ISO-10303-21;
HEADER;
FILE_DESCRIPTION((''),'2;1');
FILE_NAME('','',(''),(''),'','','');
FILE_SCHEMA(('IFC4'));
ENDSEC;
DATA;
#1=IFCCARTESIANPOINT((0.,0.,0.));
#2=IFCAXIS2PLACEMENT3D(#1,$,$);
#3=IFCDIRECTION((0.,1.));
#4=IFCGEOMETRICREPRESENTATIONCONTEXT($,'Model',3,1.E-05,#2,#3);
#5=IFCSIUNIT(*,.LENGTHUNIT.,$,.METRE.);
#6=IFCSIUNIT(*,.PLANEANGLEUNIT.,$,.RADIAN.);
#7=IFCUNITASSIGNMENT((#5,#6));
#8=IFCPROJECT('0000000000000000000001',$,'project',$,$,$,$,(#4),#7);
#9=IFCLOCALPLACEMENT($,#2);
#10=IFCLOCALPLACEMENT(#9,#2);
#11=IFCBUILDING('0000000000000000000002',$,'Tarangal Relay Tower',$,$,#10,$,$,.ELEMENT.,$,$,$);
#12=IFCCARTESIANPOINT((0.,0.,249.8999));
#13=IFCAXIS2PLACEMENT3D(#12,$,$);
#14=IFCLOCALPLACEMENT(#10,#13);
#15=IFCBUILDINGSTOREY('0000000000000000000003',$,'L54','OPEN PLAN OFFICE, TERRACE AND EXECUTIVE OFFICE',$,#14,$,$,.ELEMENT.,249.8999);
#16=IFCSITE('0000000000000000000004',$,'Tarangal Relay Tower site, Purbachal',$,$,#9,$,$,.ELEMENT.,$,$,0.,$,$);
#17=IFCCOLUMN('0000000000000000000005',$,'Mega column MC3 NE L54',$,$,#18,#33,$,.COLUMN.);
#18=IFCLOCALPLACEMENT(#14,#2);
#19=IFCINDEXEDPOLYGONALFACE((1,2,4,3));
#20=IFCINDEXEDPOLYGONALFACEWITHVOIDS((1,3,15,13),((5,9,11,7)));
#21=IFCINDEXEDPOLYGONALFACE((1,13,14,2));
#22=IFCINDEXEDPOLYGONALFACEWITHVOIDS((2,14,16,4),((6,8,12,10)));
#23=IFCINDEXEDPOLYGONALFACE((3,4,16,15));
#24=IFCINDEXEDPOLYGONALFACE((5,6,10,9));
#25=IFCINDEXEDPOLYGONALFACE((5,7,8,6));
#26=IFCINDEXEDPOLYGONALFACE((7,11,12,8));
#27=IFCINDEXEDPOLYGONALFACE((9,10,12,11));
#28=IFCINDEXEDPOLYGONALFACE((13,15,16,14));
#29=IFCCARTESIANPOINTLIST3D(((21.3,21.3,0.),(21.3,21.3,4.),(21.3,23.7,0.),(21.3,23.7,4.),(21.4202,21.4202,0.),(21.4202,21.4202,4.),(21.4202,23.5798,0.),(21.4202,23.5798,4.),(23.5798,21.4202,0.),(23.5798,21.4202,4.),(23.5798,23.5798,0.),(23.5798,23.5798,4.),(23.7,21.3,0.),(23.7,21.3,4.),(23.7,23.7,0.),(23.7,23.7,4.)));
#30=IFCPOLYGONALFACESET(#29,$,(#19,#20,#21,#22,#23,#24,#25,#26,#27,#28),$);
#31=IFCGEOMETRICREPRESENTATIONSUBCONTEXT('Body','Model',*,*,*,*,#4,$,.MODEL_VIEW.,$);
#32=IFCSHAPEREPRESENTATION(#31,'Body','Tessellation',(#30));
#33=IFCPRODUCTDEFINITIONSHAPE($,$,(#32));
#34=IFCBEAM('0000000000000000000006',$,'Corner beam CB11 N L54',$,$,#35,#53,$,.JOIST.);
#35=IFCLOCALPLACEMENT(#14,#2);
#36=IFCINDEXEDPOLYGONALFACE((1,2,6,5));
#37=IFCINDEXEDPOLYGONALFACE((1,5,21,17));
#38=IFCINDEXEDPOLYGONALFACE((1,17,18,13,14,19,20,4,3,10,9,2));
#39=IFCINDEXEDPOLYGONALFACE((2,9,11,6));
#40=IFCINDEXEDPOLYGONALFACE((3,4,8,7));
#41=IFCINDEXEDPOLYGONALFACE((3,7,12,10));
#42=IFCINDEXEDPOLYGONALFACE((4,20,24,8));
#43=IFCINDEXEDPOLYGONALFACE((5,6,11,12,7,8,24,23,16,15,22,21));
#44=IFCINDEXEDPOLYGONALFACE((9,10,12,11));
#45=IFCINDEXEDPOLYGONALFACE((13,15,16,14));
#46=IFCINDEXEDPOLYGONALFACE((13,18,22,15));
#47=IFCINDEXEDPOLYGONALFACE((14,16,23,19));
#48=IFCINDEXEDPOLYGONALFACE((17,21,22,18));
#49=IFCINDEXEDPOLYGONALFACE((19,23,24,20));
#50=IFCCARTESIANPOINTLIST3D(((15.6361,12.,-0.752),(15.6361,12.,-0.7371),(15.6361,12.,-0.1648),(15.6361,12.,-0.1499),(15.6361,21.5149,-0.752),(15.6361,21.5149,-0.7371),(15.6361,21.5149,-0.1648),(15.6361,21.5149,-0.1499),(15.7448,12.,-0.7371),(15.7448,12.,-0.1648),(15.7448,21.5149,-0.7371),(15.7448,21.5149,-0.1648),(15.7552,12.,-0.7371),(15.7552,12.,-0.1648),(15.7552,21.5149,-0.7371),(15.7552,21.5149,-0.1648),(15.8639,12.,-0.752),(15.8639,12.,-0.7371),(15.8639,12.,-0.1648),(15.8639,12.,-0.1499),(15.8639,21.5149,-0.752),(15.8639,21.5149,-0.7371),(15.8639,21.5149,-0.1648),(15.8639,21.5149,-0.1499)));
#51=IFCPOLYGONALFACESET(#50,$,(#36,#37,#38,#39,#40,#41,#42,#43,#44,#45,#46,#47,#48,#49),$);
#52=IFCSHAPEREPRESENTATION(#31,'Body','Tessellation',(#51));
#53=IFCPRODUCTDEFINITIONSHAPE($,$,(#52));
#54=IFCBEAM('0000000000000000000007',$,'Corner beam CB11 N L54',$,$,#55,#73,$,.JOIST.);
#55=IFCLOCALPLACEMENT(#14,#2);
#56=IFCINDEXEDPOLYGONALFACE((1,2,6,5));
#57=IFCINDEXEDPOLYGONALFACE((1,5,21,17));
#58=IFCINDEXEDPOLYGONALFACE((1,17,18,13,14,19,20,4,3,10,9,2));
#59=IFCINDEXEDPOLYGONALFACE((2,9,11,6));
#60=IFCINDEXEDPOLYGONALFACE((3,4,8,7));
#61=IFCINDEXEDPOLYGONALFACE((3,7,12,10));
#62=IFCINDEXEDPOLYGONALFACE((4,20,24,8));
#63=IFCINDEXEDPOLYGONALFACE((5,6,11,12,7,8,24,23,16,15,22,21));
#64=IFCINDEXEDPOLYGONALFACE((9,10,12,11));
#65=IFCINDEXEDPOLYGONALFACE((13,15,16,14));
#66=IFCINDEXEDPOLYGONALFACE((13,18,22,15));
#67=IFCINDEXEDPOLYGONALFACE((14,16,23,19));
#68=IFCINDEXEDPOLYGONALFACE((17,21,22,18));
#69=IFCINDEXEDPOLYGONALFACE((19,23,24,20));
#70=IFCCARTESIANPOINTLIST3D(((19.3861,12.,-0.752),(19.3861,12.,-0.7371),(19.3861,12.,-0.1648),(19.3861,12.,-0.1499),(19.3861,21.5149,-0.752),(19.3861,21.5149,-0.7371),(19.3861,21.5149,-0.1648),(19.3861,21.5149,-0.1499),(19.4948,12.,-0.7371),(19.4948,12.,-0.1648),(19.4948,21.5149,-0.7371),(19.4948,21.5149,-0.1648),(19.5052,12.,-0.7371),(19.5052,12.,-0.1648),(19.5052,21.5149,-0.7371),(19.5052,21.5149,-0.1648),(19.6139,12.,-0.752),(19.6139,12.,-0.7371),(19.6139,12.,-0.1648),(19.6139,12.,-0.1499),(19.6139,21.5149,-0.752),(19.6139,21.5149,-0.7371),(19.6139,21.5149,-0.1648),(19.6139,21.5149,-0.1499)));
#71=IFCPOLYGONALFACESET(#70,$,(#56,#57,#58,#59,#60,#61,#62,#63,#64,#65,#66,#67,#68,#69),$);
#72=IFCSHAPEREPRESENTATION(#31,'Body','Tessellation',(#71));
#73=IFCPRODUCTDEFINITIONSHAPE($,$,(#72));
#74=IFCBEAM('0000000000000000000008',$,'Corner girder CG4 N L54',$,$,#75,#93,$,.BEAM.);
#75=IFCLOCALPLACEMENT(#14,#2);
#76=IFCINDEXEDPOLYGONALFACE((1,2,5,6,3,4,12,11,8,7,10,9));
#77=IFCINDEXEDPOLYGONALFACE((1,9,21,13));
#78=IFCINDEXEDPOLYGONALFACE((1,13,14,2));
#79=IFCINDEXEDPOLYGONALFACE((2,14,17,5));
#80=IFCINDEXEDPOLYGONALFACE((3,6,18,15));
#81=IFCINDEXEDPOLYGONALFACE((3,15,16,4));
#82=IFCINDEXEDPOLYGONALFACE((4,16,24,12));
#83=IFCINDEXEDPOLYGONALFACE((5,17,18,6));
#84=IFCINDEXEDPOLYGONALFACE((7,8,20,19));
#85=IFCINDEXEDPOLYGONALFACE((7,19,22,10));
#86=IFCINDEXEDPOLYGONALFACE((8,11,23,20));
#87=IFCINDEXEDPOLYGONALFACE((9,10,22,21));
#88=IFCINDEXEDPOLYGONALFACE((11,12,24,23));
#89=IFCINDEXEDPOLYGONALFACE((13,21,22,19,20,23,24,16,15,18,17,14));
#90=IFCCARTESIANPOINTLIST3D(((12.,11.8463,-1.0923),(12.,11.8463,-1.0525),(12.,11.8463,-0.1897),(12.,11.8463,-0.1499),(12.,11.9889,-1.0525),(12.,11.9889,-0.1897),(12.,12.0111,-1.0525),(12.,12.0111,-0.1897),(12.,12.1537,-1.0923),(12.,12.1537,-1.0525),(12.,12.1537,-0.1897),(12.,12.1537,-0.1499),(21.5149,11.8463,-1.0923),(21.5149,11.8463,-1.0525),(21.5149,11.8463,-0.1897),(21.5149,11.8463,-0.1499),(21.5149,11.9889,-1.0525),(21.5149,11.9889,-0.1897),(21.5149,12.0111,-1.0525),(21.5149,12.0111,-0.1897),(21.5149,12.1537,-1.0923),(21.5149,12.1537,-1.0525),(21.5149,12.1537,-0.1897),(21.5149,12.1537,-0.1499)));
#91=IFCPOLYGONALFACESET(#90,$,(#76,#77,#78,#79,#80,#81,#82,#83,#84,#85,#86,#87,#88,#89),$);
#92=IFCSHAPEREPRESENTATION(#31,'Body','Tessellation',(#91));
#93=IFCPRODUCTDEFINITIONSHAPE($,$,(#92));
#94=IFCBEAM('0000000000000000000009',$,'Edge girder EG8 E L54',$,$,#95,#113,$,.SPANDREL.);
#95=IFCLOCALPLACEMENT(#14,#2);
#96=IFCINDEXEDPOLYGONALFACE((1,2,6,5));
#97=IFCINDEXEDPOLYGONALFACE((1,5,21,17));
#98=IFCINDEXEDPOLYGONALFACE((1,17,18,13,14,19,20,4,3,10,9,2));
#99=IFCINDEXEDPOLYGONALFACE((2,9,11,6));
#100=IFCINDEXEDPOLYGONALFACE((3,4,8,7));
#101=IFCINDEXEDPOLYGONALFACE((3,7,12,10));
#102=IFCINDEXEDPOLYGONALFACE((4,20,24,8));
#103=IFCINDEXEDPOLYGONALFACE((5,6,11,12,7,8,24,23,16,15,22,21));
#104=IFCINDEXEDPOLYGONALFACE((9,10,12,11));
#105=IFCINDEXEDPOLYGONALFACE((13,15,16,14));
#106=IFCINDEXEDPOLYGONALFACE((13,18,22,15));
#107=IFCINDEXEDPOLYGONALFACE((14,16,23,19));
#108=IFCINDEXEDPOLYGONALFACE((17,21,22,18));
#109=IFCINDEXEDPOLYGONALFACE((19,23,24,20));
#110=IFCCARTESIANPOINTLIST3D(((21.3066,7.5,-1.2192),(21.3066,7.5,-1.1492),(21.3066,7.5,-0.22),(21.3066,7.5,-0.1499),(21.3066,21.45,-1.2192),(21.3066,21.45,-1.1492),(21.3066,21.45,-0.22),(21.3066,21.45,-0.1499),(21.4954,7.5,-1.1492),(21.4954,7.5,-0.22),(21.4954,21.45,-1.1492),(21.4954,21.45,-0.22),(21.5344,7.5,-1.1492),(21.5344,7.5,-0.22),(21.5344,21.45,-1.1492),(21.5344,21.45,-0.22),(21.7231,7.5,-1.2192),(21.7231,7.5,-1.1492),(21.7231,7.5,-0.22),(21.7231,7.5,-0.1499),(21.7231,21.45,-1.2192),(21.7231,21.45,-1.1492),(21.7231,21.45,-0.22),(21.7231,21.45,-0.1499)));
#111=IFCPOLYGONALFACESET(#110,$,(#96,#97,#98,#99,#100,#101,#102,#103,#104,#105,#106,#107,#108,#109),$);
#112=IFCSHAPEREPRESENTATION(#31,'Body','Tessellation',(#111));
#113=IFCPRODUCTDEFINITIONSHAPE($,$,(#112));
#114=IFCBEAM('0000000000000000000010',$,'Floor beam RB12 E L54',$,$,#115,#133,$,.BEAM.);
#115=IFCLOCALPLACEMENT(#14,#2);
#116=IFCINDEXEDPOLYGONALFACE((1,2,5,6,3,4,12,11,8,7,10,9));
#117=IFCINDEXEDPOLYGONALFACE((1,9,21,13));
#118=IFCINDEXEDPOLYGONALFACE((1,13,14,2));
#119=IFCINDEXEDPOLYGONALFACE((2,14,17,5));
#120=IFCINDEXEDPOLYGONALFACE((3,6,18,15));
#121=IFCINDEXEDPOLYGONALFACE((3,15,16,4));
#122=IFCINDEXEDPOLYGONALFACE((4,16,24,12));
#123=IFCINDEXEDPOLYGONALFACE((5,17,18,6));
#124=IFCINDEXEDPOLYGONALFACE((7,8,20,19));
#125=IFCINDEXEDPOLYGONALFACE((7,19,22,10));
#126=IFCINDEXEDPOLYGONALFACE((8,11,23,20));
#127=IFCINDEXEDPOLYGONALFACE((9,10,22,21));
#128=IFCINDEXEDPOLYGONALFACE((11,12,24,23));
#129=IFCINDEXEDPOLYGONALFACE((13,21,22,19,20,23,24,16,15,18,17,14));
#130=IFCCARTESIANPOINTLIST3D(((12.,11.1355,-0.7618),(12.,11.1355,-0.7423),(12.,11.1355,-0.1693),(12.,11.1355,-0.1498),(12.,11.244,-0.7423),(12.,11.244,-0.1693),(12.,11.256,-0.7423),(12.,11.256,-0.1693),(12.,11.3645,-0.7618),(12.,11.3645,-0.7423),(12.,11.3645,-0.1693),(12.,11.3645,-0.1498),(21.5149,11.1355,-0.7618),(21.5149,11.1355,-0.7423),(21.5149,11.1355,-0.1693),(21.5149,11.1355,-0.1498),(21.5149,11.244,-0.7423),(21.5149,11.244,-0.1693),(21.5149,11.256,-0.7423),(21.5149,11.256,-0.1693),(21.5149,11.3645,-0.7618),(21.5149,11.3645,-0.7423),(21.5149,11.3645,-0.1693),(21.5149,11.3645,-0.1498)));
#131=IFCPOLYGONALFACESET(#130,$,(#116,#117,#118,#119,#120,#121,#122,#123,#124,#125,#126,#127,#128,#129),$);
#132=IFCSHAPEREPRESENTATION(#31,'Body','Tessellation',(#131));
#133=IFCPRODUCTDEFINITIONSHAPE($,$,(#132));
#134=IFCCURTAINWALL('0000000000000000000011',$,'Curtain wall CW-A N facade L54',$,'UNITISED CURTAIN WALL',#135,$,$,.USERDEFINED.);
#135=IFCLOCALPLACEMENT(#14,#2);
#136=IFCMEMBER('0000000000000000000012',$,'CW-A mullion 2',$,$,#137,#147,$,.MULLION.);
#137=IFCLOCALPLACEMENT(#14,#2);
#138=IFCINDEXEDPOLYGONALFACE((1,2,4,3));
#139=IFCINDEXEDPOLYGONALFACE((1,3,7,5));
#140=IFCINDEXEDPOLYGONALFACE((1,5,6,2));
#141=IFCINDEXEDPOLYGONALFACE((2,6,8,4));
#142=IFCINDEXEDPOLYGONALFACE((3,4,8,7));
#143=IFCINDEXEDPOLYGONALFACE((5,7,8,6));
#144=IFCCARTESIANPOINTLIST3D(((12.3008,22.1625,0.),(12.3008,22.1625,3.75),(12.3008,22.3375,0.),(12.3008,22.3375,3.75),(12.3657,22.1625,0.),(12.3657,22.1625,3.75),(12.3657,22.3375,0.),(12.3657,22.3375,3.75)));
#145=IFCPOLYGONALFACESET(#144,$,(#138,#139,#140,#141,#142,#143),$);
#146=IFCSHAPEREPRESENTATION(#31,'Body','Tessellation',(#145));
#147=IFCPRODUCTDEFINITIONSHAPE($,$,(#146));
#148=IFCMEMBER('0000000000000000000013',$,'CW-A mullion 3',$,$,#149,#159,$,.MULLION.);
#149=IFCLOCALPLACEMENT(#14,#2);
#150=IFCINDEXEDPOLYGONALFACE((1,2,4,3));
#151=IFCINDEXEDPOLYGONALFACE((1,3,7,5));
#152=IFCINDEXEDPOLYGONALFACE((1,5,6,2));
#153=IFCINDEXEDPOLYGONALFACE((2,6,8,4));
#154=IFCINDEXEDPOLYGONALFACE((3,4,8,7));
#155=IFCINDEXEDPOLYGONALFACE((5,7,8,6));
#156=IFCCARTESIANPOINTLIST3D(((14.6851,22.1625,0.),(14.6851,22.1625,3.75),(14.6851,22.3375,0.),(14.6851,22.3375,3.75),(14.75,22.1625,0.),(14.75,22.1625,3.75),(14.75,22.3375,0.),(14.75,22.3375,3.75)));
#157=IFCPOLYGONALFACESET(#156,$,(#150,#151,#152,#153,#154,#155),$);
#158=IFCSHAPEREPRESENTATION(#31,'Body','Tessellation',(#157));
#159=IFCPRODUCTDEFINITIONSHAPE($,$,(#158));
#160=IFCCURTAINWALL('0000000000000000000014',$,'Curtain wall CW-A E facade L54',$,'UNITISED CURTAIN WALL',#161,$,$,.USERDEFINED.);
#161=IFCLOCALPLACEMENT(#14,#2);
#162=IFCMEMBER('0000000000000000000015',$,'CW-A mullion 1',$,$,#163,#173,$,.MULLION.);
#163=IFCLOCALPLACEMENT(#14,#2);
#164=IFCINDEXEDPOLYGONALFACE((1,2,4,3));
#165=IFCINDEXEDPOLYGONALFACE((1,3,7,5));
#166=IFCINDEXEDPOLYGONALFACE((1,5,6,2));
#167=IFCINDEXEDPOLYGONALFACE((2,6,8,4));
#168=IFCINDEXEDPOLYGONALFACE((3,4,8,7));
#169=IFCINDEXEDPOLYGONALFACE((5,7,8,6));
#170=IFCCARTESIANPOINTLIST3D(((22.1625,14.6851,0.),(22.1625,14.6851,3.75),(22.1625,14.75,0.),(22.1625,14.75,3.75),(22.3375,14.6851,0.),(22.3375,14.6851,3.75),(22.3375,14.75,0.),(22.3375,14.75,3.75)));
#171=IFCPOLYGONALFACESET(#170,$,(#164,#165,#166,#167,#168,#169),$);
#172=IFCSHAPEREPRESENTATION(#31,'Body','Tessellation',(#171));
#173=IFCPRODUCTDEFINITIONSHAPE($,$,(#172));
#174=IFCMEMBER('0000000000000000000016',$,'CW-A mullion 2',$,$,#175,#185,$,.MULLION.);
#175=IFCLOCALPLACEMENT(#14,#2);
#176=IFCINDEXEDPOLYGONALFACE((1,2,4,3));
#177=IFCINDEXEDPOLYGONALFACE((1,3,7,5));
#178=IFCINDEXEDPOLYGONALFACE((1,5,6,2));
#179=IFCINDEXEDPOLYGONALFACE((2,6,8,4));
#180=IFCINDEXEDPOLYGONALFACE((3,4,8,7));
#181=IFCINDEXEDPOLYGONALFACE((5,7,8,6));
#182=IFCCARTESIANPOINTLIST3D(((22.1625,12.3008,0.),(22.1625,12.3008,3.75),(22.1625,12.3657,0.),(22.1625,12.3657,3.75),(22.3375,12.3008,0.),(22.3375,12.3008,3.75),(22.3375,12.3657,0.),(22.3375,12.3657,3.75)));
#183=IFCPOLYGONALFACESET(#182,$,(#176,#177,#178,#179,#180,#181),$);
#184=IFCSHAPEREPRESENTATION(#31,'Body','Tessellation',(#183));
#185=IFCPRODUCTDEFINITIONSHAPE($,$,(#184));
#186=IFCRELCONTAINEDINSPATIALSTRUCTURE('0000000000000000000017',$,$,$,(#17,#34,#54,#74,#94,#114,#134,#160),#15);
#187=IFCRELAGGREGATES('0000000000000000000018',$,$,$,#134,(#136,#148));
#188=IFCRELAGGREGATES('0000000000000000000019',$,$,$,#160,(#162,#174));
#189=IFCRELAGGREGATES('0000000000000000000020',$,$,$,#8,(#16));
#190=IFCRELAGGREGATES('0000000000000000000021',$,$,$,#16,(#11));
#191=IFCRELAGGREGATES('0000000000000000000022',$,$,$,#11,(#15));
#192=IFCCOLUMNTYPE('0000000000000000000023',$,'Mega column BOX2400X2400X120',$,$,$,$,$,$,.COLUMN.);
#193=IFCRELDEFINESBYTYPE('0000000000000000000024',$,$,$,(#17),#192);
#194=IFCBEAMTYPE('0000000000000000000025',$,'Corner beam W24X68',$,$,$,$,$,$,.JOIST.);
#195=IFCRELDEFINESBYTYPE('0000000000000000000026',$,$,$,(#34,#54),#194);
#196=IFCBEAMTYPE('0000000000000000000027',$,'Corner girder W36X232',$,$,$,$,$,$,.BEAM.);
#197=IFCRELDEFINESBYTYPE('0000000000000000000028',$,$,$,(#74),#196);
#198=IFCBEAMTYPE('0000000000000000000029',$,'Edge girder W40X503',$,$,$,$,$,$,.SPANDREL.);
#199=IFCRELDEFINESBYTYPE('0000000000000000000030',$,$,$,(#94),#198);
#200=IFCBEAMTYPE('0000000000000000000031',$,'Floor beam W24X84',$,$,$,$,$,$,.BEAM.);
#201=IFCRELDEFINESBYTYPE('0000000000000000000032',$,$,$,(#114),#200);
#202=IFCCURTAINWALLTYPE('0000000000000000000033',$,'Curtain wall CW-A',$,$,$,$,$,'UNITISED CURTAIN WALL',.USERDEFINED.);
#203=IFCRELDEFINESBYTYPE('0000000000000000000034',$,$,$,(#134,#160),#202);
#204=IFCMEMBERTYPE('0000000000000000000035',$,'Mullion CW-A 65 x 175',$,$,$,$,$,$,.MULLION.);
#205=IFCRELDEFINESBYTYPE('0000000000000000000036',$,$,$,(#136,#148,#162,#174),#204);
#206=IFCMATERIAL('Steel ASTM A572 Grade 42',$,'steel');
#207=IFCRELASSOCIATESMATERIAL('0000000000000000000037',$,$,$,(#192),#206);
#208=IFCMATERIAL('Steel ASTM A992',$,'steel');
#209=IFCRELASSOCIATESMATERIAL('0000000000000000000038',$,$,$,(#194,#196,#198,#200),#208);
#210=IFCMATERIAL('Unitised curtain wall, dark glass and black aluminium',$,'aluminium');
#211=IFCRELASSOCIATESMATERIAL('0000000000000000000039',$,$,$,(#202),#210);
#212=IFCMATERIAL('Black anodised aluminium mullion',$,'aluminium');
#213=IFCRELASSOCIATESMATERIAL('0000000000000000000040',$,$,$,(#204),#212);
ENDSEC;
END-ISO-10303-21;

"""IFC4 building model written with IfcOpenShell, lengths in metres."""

from ifc_helpers import new_model, si_unit, direction, frame, origin, origin_2d, place, context, subcontext, project, spatial, rectangle, hollow_rectangle, i_section, extrude, material, material_profile, profile_set, type_object, element, aggregate, save


model = new_model("IFC4")

# Units and contexts
model_context = context("Model", 3, precision=1e-05, world=origin(), true_north=direction((0.0, 1.0)))
body_context = subcontext(model_context, "Body", "Model", "MODEL_VIEW")
ifc_project = project(units=[si_unit("LENGTHUNIT", "METRE"), si_unit("PLANEANGLEUNIT", "RADIAN")], contexts=[model_context])

# Site, building, storey
site_placement = place(None, origin())
site = spatial("IfcSite", under=ifc_project, at=site_placement, Name="Tarangal Relay Tower site, Purbachal", CompositionType="ELEMENT", RefElevation=0.0)
building_placement = place(site_placement, origin())
building = spatial("IfcBuilding", under=site, at=building_placement, Name="Tarangal Relay Tower", CompositionType="ELEMENT")
storey_placement = place(building_placement, frame((0.0, 0.0, 249.8999)))
storey = spatial("IfcBuildingStorey", under=building, at=storey_placement, Name="L54", Description="OPEN PLAN OFFICE, TERRACE AND EXECUTIVE OFFICE", CompositionType="ELEMENT", Elevation=249.8999)

# Column
ifc_material_1 = material(Name="Steel ASTM A572 Grade 42", Category="steel")
ifc_material_profile_1 = material_profile(ifc_material_1, hollow_rectangle(XDim=2.3999, YDim=2.3999, WallThickness=0.1201, at=origin_2d()), Name="BOX2400X2400X120")
ifc_profile_set_1 = profile_set([ifc_material_profile_1], Name="Steel ASTM A572 Grade 42")
column_type = type_object("IfcColumnType", Name="Mega column BOX2400X2400X120", PredefinedType="COLUMN", material=ifc_profile_set_1)
column_placement = place(storey_placement, frame((22.5, 22.5, 0.0), z_axis=(0.0, 0.0, 1.0), x_axis=(1.0, 0.0, 0.0)))
element("IfcColumn", 1, at=column_placement, inside=storey, type_object=column_type, Name="Mega column MC3 NE L54", PredefinedType="COLUMN", context=body_context, shape_type="SweptSolid", body=[
    extrude(hollow_rectangle(XDim=2.3999, YDim=2.3999, WallThickness=0.1201, at=origin_2d()), origin(), (0.0, 0.0, 1.0), 4.0),
])

# Beams
ifc_material_2 = material(Name="Steel ASTM A992", Category="steel")
ifc_material_profile_2 = material_profile(ifc_material_2, i_section(OverallWidth=0.2278, OverallDepth=0.6021, WebThickness=0.0105, FlangeThickness=0.0149, at=origin_2d()), Name="W24X68")
ifc_profile_set_2 = profile_set([ifc_material_profile_2], Name="Steel ASTM A992")
beam_type_1 = type_object("IfcBeamType", Name="Corner beam W24X68", PredefinedType="JOIST", material=ifc_profile_set_2)
for number, where, z_axis, x_axis, name in (
    (2, (15.75, 12.0, -0.4509), (0.0, 1.0, 0.0), (-1.0, 0.0, 0.0), "Corner beam CB11 N L54"),
    (3, (19.5, 12.0, -0.4509), (0.0, 1.0, 0.0), (-1.0, 0.0, 0.0), "Corner beam CB11 N L54"),
):
    element("IfcBeam", number, at=place(storey_placement, frame(where, z_axis=z_axis, x_axis=x_axis)), inside=storey, type_object=beam_type_1, Name=name, PredefinedType="JOIST", context=body_context, shape_type="SweptSolid", body=[
        extrude(i_section(OverallWidth=0.2278, OverallDepth=0.6021, WebThickness=0.0105, FlangeThickness=0.0149, at=origin_2d()), origin(), (0.0, 0.0, 1.0), 9.5149),
    ])
ifc_material_profile_3 = material_profile(ifc_material_2, i_section(OverallWidth=0.3074, OverallDepth=0.9424, WebThickness=0.0222, FlangeThickness=0.0398, at=origin_2d()), Name="W36X232")
ifc_profile_set_3 = profile_set([ifc_material_profile_3], Name="Steel ASTM A992")
beam_type_2 = type_object("IfcBeamType", Name="Corner girder W36X232", PredefinedType="BEAM", material=ifc_profile_set_3)
beam_1_placement = place(storey_placement, frame((12.0, 12.0, -0.6211), z_axis=(1.0, 0.0, 0.0), x_axis=(0.0, 1.0, 0.0)))
element("IfcBeam", 4, at=beam_1_placement, inside=storey, type_object=beam_type_2, Name="Corner girder CG4 N L54", PredefinedType="BEAM", context=body_context, shape_type="SweptSolid", body=[
    extrude(i_section(OverallWidth=0.3074, OverallDepth=0.9424, WebThickness=0.0222, FlangeThickness=0.0398, at=origin_2d()), origin(), (0.0, 0.0, 1.0), 9.5149),
])
ifc_material_profile_4 = material_profile(ifc_material_2, i_section(OverallWidth=0.4165, OverallDepth=1.0693, WebThickness=0.0391, FlangeThickness=0.0701, at=origin_2d()), Name="W40X503")
ifc_profile_set_4 = profile_set([ifc_material_profile_4], Name="Steel ASTM A992")
beam_type_3 = type_object("IfcBeamType", Name="Edge girder W40X503", PredefinedType="SPANDREL", material=ifc_profile_set_4)
beam_2_placement = place(storey_placement, frame((21.5149, 21.45, -0.6846), z_axis=(0.0, -1.0, 0.0), x_axis=(1.0, 0.0, 0.0)))
element("IfcBeam", 5, at=beam_2_placement, inside=storey, type_object=beam_type_3, Name="Edge girder EG8 E L54", PredefinedType="SPANDREL", context=body_context, shape_type="SweptSolid", body=[
    extrude(i_section(OverallWidth=0.4165, OverallDepth=1.0693, WebThickness=0.0391, FlangeThickness=0.0701, at=origin_2d()), origin(), (0.0, 0.0, 1.0), 13.95),
])
ifc_material_profile_5 = material_profile(ifc_material_2, i_section(OverallWidth=0.229, OverallDepth=0.6121, WebThickness=0.012, FlangeThickness=0.0195, at=origin_2d()), Name="W24X84")
ifc_profile_set_5 = profile_set([ifc_material_profile_5], Name="Steel ASTM A992")
beam_type_4 = type_object("IfcBeamType", Name="Floor beam W24X84", PredefinedType="BEAM", material=ifc_profile_set_5)
beam_3_placement = place(storey_placement, frame((12.0, 11.25, -0.4558), z_axis=(1.0, 0.0, 0.0), x_axis=(0.0, 1.0, 0.0)))
element("IfcBeam", 6, at=beam_3_placement, inside=storey, type_object=beam_type_4, Name="Floor beam RB12 E L54", PredefinedType="BEAM", context=body_context, shape_type="SweptSolid", body=[
    extrude(i_section(OverallWidth=0.229, OverallDepth=0.6121, WebThickness=0.012, FlangeThickness=0.0195, at=origin_2d()), origin(), (0.0, 0.0, 1.0), 9.5149),
])

# Curtain walls, members
ifc_material_3 = material(Name="Unitised curtain wall, dark glass and black aluminium", Category="aluminium")
curtain_wall_type = type_object("IfcCurtainWallType", Name="Curtain wall CW-A", ElementType="UNITISED CURTAIN WALL", PredefinedType="USERDEFINED", material=ifc_material_3)
curtain_wall_1_placement = place(storey_placement, origin())
curtain_wall_1 = element("IfcCurtainWall", 7, at=curtain_wall_1_placement, inside=storey, type_object=curtain_wall_type, Name="Curtain wall CW-A N facade L54", ObjectType="UNITISED CURTAIN WALL", PredefinedType="USERDEFINED")
ifc_material_4 = material(Name="Black anodised aluminium mullion", Category="aluminium")
ifc_material_profile_6 = material_profile(ifc_material_4, rectangle(XDim=0.175, YDim=0.0649, at=origin_2d()), Name="CW-AM 65X175")
ifc_profile_set_6 = profile_set([ifc_material_profile_6], Name="Black anodised aluminium mullion")
member_type_1 = type_object("IfcMemberType", Name="Mullion CW-A 65 x 175", PredefinedType="MULLION", material=ifc_profile_set_6)
member_1_placement = place(storey_placement, frame((12.3333, 22.25, 0.0), z_axis=(0.0, 0.0, 1.0), x_axis=(0.0, 1.0, 0.0)))
member_1 = element("IfcMember", 8, at=member_1_placement, type_object=member_type_1, Name="CW-A mullion 2", PredefinedType="MULLION", context=body_context, shape_type="SweptSolid", body=[
    extrude(rectangle(XDim=0.175, YDim=0.0649, at=origin_2d()), origin(), (0.0, 0.0, 1.0), 3.75),
])
member_2_placement = place(storey_placement, frame((14.7175, 22.25, 0.0), z_axis=(0.0, 0.0, 1.0), x_axis=(0.0, 1.0, 0.0)))
member_2 = element("IfcMember", 9, at=member_2_placement, type_object=member_type_1, Name="CW-A mullion 3", PredefinedType="MULLION", context=body_context, shape_type="SweptSolid", body=[
    extrude(rectangle(XDim=0.175, YDim=0.0649, at=origin_2d()), origin(), (0.0, 0.0, 1.0), 3.75),
])
curtain_wall_2_placement = place(storey_placement, origin())
curtain_wall_2 = element("IfcCurtainWall", 10, at=curtain_wall_2_placement, inside=storey, type_object=curtain_wall_type, Name="Curtain wall CW-A E facade L54", ObjectType="UNITISED CURTAIN WALL", PredefinedType="USERDEFINED")
member_3_placement = place(storey_placement, frame((22.25, 14.7175, 0.0), z_axis=(0.0, 0.0, 1.0), x_axis=(1.0, 0.0, 0.0)))
member_3 = element("IfcMember", 11, at=member_3_placement, type_object=member_type_1, Name="CW-A mullion 1", PredefinedType="MULLION", context=body_context, shape_type="SweptSolid", body=[
    extrude(rectangle(XDim=0.175, YDim=0.0649, at=origin_2d()), origin(), (0.0, 0.0, 1.0), 3.75),
])
member_4_placement = place(storey_placement, frame((22.25, 12.3333, 0.0), z_axis=(0.0, 0.0, 1.0), x_axis=(1.0, 0.0, 0.0)))
member_4 = element("IfcMember", 12, at=member_4_placement, type_object=member_type_1, Name="CW-A mullion 2", PredefinedType="MULLION", context=body_context, shape_type="SweptSolid", body=[
    extrude(rectangle(XDim=0.175, YDim=0.0649, at=origin_2d()), origin(), (0.0, 0.0, 1.0), 3.75),
])

aggregate(curtain_wall_1, [member_1, member_2])
aggregate(curtain_wall_2, [member_3, member_4])

save(model, "model.ifc")
